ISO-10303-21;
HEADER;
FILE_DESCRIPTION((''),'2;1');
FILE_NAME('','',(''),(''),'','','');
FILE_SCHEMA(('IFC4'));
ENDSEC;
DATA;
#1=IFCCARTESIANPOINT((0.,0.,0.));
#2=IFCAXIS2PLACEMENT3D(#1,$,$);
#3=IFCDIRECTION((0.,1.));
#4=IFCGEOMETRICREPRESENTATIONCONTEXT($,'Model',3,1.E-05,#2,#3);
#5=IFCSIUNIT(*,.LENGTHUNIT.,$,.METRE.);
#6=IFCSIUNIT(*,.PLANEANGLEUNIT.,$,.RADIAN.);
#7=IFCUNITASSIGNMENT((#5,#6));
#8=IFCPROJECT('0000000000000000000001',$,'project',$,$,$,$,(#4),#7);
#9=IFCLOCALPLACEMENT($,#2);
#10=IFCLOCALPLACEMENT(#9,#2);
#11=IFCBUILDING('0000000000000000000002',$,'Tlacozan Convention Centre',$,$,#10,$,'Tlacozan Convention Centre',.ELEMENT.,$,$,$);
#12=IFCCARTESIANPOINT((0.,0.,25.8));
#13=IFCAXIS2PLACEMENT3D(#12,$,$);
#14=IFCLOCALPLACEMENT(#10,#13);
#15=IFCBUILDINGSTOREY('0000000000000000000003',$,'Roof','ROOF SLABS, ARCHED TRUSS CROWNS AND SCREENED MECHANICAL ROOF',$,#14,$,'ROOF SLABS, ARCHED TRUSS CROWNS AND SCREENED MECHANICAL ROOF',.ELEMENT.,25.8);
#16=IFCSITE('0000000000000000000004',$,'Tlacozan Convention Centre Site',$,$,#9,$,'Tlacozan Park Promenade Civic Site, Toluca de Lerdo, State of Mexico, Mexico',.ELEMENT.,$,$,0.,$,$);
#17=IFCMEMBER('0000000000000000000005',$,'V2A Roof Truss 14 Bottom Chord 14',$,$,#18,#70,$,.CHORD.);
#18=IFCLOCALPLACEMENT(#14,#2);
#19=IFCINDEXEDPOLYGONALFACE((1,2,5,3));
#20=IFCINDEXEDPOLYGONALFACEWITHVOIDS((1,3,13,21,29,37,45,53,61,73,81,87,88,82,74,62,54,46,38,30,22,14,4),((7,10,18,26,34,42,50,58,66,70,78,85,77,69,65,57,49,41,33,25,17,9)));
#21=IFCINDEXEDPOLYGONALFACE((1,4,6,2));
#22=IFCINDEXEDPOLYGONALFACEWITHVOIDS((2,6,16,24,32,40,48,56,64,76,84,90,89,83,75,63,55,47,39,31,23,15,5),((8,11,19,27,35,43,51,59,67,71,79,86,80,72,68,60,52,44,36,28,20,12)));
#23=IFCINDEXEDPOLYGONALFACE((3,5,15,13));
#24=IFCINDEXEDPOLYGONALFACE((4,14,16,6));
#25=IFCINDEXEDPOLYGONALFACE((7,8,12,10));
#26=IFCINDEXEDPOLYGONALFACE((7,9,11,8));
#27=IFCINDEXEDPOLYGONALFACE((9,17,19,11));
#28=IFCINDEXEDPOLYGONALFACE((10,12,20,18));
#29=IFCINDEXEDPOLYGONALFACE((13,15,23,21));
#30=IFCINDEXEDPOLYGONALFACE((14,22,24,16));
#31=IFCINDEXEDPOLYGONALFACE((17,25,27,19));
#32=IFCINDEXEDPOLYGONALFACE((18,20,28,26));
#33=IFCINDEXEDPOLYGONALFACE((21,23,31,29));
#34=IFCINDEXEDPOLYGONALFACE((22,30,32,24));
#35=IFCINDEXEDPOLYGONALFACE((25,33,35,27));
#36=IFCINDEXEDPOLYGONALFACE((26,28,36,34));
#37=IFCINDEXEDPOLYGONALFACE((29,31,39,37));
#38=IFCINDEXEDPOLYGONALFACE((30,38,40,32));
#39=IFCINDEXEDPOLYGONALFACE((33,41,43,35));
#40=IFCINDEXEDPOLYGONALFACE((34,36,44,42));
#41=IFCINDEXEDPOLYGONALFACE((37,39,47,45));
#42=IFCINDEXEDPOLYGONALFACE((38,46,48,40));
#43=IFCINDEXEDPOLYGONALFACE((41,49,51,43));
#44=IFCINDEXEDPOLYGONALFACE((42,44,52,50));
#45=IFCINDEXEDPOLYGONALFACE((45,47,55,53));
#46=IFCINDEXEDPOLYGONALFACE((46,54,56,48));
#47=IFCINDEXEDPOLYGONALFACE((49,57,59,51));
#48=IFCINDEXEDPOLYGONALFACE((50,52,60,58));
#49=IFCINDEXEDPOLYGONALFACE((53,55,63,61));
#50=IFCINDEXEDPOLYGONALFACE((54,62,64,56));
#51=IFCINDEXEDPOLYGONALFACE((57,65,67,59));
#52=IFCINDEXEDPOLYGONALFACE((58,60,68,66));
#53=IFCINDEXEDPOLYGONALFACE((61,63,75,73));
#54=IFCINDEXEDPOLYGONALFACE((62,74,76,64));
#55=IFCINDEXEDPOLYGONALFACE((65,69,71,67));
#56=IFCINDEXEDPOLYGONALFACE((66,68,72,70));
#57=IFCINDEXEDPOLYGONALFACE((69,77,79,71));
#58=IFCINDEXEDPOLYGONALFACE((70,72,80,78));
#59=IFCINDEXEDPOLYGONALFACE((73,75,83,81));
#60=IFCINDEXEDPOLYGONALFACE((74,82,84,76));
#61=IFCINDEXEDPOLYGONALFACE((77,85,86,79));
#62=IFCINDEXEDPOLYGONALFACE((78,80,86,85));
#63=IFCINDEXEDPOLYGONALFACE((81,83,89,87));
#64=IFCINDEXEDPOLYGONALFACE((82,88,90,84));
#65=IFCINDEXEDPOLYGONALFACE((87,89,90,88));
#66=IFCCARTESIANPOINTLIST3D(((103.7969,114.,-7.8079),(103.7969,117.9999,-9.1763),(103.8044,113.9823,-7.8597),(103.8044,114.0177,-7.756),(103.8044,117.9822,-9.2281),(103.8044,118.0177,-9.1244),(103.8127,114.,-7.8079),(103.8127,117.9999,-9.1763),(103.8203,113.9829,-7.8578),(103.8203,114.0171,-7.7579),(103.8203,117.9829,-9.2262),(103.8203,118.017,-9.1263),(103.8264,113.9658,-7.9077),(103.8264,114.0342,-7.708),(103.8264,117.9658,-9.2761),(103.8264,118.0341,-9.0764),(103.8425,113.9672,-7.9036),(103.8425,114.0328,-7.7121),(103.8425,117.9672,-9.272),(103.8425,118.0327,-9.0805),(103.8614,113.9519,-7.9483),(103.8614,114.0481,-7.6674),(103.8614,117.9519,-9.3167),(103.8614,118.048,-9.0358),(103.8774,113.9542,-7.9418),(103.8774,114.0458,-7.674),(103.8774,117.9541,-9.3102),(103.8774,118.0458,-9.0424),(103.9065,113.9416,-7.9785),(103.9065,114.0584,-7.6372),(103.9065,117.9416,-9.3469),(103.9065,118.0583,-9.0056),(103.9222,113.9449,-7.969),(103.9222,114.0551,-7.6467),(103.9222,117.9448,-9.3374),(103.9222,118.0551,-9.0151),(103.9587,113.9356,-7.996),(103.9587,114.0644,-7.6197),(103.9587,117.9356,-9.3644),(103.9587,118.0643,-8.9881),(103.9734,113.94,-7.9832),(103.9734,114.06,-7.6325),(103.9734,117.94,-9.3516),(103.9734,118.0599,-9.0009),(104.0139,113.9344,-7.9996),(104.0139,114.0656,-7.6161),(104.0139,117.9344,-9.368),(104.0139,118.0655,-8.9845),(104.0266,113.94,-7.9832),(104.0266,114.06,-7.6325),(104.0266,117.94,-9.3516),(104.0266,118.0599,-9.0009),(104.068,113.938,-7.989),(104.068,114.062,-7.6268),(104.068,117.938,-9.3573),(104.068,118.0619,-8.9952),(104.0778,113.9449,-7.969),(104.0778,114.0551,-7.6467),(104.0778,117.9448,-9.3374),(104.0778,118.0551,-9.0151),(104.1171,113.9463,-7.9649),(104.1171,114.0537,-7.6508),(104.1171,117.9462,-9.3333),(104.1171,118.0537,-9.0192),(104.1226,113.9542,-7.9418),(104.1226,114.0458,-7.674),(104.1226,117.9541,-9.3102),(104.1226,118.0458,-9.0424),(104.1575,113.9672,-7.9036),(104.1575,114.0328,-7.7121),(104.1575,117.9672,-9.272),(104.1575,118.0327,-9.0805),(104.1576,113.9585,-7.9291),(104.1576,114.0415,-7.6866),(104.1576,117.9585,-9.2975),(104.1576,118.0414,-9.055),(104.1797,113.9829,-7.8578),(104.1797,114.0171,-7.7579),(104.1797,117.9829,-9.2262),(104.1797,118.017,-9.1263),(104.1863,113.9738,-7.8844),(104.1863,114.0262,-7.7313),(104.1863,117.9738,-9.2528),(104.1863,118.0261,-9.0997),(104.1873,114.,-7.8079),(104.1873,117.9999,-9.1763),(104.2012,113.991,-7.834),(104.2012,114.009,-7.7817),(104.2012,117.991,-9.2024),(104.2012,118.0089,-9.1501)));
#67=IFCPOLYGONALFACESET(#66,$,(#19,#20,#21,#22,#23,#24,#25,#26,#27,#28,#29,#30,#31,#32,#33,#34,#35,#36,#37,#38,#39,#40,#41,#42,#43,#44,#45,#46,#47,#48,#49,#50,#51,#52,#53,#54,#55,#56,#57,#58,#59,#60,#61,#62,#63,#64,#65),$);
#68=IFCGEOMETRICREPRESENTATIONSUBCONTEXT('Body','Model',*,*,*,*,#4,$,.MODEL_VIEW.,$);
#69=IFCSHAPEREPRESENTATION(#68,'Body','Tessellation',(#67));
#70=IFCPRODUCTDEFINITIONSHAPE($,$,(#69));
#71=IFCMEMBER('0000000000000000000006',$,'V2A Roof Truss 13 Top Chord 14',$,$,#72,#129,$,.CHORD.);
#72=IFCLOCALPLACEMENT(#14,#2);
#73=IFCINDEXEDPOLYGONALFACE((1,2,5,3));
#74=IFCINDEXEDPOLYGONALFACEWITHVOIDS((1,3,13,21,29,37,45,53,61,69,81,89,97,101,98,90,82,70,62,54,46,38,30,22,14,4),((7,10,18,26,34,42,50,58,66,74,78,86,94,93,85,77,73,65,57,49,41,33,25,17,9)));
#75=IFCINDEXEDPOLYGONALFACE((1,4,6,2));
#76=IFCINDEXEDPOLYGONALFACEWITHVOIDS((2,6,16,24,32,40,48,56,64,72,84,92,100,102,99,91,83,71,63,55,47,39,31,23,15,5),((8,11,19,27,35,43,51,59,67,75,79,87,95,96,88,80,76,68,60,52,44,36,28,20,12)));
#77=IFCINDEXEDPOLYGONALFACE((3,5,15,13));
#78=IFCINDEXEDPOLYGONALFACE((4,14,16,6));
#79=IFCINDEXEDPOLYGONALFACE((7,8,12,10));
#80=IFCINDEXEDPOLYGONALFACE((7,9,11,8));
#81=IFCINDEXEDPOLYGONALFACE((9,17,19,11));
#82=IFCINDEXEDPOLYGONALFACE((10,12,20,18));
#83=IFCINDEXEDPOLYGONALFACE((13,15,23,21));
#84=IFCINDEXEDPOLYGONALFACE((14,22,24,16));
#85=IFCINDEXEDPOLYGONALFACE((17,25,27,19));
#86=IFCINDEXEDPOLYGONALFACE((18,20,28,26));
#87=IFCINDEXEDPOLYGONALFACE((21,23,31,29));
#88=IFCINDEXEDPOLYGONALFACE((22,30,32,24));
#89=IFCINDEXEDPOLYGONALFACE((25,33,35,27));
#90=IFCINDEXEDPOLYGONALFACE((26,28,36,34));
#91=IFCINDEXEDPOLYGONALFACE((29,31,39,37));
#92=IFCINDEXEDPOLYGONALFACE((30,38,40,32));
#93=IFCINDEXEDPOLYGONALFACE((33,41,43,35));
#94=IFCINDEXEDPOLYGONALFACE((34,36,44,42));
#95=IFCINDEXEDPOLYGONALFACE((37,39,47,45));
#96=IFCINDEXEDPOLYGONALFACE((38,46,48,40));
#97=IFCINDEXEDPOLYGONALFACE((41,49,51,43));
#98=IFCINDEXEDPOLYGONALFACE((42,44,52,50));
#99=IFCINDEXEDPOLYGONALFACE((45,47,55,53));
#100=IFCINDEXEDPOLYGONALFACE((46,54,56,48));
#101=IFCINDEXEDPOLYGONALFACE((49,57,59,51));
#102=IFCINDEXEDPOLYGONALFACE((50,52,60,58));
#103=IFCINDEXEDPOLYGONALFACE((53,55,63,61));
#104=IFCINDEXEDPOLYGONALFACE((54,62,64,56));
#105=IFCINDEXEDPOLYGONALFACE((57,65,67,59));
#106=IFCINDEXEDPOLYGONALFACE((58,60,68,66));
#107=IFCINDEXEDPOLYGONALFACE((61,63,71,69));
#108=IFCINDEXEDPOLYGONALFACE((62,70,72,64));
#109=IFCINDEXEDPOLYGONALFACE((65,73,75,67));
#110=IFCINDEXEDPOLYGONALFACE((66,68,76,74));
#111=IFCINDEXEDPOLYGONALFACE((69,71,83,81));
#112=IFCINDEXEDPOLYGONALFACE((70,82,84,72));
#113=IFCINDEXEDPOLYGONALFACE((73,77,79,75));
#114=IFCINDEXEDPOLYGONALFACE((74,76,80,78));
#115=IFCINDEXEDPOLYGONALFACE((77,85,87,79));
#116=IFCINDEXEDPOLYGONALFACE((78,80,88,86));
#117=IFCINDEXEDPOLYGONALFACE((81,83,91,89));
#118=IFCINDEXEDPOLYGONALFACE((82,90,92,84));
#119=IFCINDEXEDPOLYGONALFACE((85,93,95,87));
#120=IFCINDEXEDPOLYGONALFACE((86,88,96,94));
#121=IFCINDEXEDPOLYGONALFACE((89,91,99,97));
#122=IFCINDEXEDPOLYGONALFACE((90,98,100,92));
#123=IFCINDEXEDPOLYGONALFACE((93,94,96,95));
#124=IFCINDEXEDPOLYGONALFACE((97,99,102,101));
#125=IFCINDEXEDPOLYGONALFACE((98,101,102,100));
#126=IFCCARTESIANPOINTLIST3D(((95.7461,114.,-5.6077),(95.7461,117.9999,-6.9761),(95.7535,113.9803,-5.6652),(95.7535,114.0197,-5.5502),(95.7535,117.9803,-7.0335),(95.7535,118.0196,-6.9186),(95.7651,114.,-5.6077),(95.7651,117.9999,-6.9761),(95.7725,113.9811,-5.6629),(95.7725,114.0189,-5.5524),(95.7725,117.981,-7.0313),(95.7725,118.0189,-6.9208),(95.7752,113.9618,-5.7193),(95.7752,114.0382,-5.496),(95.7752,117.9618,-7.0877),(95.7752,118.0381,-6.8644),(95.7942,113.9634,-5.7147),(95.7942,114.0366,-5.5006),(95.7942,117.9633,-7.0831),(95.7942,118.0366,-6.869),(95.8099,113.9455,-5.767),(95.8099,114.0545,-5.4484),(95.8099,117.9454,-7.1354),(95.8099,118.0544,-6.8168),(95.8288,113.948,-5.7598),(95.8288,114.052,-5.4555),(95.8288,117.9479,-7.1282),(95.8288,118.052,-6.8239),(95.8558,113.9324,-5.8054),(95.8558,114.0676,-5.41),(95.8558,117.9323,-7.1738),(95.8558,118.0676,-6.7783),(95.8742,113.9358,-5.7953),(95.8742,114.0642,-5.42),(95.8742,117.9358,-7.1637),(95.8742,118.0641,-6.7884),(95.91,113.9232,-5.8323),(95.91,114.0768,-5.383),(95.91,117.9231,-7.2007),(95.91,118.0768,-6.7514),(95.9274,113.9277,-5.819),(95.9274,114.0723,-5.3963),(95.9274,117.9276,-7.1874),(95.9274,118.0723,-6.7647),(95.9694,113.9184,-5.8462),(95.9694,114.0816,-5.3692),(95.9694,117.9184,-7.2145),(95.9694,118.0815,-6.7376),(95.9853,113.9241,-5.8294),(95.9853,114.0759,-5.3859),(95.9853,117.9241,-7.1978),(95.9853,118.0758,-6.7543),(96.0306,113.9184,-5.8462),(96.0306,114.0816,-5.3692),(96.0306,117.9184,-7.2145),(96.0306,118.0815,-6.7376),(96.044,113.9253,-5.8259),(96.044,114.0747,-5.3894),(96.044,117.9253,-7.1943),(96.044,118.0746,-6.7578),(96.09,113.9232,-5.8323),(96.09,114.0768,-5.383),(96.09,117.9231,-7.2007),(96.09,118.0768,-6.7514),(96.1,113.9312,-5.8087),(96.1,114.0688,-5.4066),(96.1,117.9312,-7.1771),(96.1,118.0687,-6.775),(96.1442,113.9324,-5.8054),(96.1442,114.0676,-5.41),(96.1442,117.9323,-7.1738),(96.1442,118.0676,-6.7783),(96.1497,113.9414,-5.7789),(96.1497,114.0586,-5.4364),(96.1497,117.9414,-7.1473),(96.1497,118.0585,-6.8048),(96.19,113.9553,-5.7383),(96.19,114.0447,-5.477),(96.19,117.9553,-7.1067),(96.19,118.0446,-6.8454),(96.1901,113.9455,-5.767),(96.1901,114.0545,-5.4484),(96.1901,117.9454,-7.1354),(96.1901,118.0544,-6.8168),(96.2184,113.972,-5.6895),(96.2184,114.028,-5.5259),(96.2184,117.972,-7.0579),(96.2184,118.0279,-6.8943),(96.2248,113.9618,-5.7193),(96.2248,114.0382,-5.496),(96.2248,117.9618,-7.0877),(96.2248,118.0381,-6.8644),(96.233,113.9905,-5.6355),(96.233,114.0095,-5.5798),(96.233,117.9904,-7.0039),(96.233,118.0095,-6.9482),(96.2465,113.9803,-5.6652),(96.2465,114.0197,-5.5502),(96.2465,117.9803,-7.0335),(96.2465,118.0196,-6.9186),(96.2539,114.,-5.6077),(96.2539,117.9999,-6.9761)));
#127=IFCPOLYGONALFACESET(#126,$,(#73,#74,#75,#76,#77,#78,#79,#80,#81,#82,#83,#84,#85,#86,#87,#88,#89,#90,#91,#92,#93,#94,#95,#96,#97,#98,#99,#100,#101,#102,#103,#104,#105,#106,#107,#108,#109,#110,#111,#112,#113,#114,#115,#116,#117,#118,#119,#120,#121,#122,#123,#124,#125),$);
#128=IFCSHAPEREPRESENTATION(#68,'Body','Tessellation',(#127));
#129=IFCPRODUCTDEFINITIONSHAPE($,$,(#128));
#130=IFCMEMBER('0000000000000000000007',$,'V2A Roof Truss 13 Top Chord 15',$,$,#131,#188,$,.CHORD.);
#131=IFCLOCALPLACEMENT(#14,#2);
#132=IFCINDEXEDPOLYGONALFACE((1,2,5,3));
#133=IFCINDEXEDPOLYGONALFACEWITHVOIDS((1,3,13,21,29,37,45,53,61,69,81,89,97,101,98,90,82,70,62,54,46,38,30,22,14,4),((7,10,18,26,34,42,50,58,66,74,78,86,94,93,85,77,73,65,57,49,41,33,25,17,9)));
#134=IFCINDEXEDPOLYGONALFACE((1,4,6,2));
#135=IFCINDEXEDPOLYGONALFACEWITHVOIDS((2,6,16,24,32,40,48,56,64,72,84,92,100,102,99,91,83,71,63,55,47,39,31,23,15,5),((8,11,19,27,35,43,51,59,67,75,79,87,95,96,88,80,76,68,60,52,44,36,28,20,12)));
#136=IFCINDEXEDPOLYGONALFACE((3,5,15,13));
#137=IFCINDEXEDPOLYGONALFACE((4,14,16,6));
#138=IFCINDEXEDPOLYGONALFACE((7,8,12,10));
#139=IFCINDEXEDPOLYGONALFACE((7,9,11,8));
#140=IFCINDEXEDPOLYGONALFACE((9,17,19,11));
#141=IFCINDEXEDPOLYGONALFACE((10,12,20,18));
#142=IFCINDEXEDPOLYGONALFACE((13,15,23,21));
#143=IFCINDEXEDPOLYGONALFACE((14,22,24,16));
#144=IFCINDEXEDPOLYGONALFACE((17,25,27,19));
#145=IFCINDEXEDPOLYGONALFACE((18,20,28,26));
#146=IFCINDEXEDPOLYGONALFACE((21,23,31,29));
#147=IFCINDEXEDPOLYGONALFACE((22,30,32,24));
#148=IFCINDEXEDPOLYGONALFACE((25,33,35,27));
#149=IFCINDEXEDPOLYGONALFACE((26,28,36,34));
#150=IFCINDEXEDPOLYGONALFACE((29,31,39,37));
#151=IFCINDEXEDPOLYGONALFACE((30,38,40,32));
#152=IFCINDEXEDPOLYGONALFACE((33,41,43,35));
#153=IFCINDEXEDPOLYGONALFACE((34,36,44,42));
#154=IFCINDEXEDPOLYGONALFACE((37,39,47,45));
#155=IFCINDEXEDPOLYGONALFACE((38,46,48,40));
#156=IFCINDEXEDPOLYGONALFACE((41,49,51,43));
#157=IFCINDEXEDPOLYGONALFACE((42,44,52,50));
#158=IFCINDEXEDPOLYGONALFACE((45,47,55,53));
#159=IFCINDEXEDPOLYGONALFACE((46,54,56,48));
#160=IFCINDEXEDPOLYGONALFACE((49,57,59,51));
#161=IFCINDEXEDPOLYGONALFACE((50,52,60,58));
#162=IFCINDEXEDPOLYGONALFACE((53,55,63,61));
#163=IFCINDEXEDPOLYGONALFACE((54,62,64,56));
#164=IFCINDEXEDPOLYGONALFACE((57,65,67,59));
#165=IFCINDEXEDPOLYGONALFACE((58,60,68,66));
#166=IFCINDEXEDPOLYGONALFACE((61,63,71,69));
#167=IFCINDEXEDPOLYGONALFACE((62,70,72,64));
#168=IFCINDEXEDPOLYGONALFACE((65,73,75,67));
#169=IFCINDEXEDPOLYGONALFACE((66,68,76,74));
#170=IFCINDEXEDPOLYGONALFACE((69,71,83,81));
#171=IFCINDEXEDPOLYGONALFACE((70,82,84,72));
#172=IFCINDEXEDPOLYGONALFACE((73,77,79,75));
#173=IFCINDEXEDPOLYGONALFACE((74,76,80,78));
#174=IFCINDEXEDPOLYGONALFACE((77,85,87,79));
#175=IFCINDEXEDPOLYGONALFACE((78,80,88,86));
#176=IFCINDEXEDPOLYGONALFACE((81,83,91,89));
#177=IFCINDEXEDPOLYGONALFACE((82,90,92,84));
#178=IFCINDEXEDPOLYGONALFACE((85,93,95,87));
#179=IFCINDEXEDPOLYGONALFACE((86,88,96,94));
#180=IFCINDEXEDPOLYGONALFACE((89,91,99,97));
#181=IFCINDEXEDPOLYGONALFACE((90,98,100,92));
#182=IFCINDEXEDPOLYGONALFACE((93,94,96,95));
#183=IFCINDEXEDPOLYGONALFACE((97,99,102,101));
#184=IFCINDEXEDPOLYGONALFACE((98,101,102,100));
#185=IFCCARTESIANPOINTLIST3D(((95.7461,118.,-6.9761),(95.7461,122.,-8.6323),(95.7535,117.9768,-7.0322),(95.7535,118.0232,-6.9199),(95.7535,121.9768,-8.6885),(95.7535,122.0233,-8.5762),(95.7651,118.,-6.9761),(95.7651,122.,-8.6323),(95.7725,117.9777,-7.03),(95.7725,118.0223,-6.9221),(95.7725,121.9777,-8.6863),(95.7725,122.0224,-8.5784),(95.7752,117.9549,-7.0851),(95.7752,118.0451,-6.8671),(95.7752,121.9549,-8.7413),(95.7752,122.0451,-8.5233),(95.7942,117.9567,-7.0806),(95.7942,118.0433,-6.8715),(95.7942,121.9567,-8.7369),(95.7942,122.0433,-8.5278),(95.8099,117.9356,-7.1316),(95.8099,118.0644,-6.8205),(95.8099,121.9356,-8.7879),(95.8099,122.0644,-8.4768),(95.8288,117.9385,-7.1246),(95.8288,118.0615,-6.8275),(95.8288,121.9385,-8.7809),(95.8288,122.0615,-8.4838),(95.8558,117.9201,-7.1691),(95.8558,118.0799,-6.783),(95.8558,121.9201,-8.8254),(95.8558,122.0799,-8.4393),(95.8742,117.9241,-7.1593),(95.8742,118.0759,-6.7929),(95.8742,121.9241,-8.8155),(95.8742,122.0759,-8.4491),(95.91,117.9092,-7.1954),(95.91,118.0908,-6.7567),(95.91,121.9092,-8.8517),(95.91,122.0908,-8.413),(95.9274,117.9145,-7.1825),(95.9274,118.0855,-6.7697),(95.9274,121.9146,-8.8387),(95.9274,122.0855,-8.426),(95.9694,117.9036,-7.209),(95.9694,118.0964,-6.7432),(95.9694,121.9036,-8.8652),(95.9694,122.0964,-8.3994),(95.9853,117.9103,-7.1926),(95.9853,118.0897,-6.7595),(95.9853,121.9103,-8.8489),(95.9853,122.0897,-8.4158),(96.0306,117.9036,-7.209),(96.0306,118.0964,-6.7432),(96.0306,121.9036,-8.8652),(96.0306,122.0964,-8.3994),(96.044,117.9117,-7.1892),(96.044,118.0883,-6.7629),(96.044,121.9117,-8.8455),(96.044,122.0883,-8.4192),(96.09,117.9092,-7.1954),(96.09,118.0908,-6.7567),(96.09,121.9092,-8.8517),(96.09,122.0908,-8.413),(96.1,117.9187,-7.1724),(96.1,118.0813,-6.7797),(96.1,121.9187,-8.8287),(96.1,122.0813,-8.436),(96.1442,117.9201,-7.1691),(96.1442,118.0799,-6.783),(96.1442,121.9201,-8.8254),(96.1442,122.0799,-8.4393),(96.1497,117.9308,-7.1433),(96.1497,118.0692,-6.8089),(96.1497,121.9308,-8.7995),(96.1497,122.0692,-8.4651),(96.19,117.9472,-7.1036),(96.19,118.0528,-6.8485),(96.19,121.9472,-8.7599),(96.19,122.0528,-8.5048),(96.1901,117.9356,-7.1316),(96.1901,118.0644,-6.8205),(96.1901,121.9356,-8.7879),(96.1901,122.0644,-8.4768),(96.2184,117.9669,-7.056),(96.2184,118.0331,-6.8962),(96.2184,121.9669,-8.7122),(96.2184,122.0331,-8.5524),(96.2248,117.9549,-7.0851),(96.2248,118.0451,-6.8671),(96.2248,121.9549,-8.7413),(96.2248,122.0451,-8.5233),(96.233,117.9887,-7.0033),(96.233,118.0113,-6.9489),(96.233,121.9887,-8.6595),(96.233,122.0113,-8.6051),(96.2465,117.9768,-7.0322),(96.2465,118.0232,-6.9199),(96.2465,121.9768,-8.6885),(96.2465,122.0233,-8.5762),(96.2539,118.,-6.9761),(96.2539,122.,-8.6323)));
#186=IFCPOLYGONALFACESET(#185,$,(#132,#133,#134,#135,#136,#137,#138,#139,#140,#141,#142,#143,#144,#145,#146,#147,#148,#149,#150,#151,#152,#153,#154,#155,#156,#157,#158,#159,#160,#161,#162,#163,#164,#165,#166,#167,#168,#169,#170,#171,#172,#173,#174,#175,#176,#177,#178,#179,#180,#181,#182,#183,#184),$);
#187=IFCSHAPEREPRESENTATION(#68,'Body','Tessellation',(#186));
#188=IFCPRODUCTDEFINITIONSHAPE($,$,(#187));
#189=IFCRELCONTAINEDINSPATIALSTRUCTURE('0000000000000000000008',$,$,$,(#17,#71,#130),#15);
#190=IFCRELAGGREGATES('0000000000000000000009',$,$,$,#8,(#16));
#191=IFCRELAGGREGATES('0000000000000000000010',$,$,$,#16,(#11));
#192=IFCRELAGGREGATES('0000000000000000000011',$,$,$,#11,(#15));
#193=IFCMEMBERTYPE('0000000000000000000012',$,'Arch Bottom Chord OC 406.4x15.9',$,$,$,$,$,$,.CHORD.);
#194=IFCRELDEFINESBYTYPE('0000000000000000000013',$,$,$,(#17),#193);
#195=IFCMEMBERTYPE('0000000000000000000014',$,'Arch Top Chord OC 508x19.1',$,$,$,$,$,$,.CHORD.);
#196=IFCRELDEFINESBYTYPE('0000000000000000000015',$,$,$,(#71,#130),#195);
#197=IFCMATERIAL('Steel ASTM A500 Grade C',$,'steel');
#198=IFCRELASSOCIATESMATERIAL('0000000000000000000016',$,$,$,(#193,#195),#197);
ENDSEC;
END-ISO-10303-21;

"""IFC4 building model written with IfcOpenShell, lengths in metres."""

from ifc_helpers import new_model, si_unit, direction, frame, origin, origin_2d, place, context, subcontext, project, spatial, hollow_circle, extrude, material, material_profile, profile_set, type_object, element, save


model = new_model("IFC4")

# Units and contexts
model_context = context("Model", 3, precision=1e-05, world=origin(), true_north=direction((0.0, 1.0)))
body_context = subcontext(model_context, "Body", "Model", "MODEL_VIEW")
ifc_project = project(units=[si_unit("LENGTHUNIT", "METRE"), si_unit("PLANEANGLEUNIT", "RADIAN")], contexts=[model_context])

# Site, building, storey
site_placement = place(None, origin())
site = spatial("IfcSite", under=ifc_project, at=site_placement, Name="Tlacozan Convention Centre Site", LongName="Tlacozan Park Promenade Civic Site, Toluca de Lerdo, State of Mexico, Mexico", CompositionType="ELEMENT", RefElevation=0.0)
building_placement = place(site_placement, origin())
building = spatial("IfcBuilding", under=site, at=building_placement, Name="Tlacozan Convention Centre", LongName="Tlacozan Convention Centre", CompositionType="ELEMENT")
storey_placement = place(building_placement, frame((0.0, 0.0, 25.8)))
storey = spatial("IfcBuildingStorey", under=building, at=storey_placement, Name="Roof", Description="ROOF SLABS, ARCHED TRUSS CROWNS AND SCREENED MECHANICAL ROOF", LongName="ROOF SLABS, ARCHED TRUSS CROWNS AND SCREENED MECHANICAL ROOF", CompositionType="ELEMENT", Elevation=25.8)

# Members
ifc_material_1 = material(Name="Steel ASTM A500 Grade C", Category="steel")
ifc_material_profile_1 = material_profile(ifc_material_1, hollow_circle(Radius=0.2031, WallThickness=0.0159, at=origin_2d()), Name="OC 406.4x15.9")
ifc_profile_set_1 = profile_set([ifc_material_profile_1], Name="Steel ASTM A500 Grade C")
member_type_1 = type_object("IfcMemberType", Name="Arch Bottom Chord OC 406.4x15.9", PredefinedType="CHORD", material=ifc_profile_set_1)
member_1_placement = place(storey_placement, frame((104.0, 114.0, -7.8079), z_axis=(0.0, 0.946165, -0.323685), x_axis=(-1.0, 0.0, 0.0)))
element("IfcMember", 1, at=member_1_placement, inside=storey, type_object=member_type_1, Name="V2A Roof Truss 14 Bottom Chord 14", PredefinedType="CHORD", context=body_context, shape_type="SweptSolid", body=[
    extrude(hollow_circle(Radius=0.2031, WallThickness=0.0159, at=origin_2d()), origin(), (0.0, 0.0, 1.0), 4.2275),
])
ifc_material_profile_2 = material_profile(ifc_material_1, hollow_circle(Radius=0.2539, WallThickness=0.019, at=origin_2d()), Name="OC 508.0x19.1")
ifc_profile_set_2 = profile_set([ifc_material_profile_2], Name="Steel ASTM A500 Grade C")
member_type_2 = type_object("IfcMemberType", Name="Arch Top Chord OC 508x19.1", PredefinedType="CHORD", material=ifc_profile_set_2)
member_2_placement = place(storey_placement, frame((96.0, 114.0, -5.6077), z_axis=(0.0, 0.946165, -0.323685), x_axis=(-1.0, 0.0, 0.0)))
element("IfcMember", 2, at=member_2_placement, inside=storey, type_object=member_type_2, Name="V2A Roof Truss 13 Top Chord 14", PredefinedType="CHORD", context=body_context, shape_type="SweptSolid", body=[
    extrude(hollow_circle(Radius=0.2539, WallThickness=0.019, at=origin_2d()), origin(), (0.0, 0.0, 1.0), 4.2275),
])
member_3_placement = place(storey_placement, frame((96.0, 118.0, -6.9761), z_axis=(0.0, 0.923929, -0.382564), x_axis=(-1.0, 0.0, 0.0)))
element("IfcMember", 3, at=member_3_placement, inside=storey, type_object=member_type_2, Name="V2A Roof Truss 13 Top Chord 15", PredefinedType="CHORD", context=body_context, shape_type="SweptSolid", body=[
    extrude(hollow_circle(Radius=0.2539, WallThickness=0.019, at=origin_2d()), origin(), (0.0, 0.0, 1.0), 4.3293),
])

save(model, "model.ifc")
